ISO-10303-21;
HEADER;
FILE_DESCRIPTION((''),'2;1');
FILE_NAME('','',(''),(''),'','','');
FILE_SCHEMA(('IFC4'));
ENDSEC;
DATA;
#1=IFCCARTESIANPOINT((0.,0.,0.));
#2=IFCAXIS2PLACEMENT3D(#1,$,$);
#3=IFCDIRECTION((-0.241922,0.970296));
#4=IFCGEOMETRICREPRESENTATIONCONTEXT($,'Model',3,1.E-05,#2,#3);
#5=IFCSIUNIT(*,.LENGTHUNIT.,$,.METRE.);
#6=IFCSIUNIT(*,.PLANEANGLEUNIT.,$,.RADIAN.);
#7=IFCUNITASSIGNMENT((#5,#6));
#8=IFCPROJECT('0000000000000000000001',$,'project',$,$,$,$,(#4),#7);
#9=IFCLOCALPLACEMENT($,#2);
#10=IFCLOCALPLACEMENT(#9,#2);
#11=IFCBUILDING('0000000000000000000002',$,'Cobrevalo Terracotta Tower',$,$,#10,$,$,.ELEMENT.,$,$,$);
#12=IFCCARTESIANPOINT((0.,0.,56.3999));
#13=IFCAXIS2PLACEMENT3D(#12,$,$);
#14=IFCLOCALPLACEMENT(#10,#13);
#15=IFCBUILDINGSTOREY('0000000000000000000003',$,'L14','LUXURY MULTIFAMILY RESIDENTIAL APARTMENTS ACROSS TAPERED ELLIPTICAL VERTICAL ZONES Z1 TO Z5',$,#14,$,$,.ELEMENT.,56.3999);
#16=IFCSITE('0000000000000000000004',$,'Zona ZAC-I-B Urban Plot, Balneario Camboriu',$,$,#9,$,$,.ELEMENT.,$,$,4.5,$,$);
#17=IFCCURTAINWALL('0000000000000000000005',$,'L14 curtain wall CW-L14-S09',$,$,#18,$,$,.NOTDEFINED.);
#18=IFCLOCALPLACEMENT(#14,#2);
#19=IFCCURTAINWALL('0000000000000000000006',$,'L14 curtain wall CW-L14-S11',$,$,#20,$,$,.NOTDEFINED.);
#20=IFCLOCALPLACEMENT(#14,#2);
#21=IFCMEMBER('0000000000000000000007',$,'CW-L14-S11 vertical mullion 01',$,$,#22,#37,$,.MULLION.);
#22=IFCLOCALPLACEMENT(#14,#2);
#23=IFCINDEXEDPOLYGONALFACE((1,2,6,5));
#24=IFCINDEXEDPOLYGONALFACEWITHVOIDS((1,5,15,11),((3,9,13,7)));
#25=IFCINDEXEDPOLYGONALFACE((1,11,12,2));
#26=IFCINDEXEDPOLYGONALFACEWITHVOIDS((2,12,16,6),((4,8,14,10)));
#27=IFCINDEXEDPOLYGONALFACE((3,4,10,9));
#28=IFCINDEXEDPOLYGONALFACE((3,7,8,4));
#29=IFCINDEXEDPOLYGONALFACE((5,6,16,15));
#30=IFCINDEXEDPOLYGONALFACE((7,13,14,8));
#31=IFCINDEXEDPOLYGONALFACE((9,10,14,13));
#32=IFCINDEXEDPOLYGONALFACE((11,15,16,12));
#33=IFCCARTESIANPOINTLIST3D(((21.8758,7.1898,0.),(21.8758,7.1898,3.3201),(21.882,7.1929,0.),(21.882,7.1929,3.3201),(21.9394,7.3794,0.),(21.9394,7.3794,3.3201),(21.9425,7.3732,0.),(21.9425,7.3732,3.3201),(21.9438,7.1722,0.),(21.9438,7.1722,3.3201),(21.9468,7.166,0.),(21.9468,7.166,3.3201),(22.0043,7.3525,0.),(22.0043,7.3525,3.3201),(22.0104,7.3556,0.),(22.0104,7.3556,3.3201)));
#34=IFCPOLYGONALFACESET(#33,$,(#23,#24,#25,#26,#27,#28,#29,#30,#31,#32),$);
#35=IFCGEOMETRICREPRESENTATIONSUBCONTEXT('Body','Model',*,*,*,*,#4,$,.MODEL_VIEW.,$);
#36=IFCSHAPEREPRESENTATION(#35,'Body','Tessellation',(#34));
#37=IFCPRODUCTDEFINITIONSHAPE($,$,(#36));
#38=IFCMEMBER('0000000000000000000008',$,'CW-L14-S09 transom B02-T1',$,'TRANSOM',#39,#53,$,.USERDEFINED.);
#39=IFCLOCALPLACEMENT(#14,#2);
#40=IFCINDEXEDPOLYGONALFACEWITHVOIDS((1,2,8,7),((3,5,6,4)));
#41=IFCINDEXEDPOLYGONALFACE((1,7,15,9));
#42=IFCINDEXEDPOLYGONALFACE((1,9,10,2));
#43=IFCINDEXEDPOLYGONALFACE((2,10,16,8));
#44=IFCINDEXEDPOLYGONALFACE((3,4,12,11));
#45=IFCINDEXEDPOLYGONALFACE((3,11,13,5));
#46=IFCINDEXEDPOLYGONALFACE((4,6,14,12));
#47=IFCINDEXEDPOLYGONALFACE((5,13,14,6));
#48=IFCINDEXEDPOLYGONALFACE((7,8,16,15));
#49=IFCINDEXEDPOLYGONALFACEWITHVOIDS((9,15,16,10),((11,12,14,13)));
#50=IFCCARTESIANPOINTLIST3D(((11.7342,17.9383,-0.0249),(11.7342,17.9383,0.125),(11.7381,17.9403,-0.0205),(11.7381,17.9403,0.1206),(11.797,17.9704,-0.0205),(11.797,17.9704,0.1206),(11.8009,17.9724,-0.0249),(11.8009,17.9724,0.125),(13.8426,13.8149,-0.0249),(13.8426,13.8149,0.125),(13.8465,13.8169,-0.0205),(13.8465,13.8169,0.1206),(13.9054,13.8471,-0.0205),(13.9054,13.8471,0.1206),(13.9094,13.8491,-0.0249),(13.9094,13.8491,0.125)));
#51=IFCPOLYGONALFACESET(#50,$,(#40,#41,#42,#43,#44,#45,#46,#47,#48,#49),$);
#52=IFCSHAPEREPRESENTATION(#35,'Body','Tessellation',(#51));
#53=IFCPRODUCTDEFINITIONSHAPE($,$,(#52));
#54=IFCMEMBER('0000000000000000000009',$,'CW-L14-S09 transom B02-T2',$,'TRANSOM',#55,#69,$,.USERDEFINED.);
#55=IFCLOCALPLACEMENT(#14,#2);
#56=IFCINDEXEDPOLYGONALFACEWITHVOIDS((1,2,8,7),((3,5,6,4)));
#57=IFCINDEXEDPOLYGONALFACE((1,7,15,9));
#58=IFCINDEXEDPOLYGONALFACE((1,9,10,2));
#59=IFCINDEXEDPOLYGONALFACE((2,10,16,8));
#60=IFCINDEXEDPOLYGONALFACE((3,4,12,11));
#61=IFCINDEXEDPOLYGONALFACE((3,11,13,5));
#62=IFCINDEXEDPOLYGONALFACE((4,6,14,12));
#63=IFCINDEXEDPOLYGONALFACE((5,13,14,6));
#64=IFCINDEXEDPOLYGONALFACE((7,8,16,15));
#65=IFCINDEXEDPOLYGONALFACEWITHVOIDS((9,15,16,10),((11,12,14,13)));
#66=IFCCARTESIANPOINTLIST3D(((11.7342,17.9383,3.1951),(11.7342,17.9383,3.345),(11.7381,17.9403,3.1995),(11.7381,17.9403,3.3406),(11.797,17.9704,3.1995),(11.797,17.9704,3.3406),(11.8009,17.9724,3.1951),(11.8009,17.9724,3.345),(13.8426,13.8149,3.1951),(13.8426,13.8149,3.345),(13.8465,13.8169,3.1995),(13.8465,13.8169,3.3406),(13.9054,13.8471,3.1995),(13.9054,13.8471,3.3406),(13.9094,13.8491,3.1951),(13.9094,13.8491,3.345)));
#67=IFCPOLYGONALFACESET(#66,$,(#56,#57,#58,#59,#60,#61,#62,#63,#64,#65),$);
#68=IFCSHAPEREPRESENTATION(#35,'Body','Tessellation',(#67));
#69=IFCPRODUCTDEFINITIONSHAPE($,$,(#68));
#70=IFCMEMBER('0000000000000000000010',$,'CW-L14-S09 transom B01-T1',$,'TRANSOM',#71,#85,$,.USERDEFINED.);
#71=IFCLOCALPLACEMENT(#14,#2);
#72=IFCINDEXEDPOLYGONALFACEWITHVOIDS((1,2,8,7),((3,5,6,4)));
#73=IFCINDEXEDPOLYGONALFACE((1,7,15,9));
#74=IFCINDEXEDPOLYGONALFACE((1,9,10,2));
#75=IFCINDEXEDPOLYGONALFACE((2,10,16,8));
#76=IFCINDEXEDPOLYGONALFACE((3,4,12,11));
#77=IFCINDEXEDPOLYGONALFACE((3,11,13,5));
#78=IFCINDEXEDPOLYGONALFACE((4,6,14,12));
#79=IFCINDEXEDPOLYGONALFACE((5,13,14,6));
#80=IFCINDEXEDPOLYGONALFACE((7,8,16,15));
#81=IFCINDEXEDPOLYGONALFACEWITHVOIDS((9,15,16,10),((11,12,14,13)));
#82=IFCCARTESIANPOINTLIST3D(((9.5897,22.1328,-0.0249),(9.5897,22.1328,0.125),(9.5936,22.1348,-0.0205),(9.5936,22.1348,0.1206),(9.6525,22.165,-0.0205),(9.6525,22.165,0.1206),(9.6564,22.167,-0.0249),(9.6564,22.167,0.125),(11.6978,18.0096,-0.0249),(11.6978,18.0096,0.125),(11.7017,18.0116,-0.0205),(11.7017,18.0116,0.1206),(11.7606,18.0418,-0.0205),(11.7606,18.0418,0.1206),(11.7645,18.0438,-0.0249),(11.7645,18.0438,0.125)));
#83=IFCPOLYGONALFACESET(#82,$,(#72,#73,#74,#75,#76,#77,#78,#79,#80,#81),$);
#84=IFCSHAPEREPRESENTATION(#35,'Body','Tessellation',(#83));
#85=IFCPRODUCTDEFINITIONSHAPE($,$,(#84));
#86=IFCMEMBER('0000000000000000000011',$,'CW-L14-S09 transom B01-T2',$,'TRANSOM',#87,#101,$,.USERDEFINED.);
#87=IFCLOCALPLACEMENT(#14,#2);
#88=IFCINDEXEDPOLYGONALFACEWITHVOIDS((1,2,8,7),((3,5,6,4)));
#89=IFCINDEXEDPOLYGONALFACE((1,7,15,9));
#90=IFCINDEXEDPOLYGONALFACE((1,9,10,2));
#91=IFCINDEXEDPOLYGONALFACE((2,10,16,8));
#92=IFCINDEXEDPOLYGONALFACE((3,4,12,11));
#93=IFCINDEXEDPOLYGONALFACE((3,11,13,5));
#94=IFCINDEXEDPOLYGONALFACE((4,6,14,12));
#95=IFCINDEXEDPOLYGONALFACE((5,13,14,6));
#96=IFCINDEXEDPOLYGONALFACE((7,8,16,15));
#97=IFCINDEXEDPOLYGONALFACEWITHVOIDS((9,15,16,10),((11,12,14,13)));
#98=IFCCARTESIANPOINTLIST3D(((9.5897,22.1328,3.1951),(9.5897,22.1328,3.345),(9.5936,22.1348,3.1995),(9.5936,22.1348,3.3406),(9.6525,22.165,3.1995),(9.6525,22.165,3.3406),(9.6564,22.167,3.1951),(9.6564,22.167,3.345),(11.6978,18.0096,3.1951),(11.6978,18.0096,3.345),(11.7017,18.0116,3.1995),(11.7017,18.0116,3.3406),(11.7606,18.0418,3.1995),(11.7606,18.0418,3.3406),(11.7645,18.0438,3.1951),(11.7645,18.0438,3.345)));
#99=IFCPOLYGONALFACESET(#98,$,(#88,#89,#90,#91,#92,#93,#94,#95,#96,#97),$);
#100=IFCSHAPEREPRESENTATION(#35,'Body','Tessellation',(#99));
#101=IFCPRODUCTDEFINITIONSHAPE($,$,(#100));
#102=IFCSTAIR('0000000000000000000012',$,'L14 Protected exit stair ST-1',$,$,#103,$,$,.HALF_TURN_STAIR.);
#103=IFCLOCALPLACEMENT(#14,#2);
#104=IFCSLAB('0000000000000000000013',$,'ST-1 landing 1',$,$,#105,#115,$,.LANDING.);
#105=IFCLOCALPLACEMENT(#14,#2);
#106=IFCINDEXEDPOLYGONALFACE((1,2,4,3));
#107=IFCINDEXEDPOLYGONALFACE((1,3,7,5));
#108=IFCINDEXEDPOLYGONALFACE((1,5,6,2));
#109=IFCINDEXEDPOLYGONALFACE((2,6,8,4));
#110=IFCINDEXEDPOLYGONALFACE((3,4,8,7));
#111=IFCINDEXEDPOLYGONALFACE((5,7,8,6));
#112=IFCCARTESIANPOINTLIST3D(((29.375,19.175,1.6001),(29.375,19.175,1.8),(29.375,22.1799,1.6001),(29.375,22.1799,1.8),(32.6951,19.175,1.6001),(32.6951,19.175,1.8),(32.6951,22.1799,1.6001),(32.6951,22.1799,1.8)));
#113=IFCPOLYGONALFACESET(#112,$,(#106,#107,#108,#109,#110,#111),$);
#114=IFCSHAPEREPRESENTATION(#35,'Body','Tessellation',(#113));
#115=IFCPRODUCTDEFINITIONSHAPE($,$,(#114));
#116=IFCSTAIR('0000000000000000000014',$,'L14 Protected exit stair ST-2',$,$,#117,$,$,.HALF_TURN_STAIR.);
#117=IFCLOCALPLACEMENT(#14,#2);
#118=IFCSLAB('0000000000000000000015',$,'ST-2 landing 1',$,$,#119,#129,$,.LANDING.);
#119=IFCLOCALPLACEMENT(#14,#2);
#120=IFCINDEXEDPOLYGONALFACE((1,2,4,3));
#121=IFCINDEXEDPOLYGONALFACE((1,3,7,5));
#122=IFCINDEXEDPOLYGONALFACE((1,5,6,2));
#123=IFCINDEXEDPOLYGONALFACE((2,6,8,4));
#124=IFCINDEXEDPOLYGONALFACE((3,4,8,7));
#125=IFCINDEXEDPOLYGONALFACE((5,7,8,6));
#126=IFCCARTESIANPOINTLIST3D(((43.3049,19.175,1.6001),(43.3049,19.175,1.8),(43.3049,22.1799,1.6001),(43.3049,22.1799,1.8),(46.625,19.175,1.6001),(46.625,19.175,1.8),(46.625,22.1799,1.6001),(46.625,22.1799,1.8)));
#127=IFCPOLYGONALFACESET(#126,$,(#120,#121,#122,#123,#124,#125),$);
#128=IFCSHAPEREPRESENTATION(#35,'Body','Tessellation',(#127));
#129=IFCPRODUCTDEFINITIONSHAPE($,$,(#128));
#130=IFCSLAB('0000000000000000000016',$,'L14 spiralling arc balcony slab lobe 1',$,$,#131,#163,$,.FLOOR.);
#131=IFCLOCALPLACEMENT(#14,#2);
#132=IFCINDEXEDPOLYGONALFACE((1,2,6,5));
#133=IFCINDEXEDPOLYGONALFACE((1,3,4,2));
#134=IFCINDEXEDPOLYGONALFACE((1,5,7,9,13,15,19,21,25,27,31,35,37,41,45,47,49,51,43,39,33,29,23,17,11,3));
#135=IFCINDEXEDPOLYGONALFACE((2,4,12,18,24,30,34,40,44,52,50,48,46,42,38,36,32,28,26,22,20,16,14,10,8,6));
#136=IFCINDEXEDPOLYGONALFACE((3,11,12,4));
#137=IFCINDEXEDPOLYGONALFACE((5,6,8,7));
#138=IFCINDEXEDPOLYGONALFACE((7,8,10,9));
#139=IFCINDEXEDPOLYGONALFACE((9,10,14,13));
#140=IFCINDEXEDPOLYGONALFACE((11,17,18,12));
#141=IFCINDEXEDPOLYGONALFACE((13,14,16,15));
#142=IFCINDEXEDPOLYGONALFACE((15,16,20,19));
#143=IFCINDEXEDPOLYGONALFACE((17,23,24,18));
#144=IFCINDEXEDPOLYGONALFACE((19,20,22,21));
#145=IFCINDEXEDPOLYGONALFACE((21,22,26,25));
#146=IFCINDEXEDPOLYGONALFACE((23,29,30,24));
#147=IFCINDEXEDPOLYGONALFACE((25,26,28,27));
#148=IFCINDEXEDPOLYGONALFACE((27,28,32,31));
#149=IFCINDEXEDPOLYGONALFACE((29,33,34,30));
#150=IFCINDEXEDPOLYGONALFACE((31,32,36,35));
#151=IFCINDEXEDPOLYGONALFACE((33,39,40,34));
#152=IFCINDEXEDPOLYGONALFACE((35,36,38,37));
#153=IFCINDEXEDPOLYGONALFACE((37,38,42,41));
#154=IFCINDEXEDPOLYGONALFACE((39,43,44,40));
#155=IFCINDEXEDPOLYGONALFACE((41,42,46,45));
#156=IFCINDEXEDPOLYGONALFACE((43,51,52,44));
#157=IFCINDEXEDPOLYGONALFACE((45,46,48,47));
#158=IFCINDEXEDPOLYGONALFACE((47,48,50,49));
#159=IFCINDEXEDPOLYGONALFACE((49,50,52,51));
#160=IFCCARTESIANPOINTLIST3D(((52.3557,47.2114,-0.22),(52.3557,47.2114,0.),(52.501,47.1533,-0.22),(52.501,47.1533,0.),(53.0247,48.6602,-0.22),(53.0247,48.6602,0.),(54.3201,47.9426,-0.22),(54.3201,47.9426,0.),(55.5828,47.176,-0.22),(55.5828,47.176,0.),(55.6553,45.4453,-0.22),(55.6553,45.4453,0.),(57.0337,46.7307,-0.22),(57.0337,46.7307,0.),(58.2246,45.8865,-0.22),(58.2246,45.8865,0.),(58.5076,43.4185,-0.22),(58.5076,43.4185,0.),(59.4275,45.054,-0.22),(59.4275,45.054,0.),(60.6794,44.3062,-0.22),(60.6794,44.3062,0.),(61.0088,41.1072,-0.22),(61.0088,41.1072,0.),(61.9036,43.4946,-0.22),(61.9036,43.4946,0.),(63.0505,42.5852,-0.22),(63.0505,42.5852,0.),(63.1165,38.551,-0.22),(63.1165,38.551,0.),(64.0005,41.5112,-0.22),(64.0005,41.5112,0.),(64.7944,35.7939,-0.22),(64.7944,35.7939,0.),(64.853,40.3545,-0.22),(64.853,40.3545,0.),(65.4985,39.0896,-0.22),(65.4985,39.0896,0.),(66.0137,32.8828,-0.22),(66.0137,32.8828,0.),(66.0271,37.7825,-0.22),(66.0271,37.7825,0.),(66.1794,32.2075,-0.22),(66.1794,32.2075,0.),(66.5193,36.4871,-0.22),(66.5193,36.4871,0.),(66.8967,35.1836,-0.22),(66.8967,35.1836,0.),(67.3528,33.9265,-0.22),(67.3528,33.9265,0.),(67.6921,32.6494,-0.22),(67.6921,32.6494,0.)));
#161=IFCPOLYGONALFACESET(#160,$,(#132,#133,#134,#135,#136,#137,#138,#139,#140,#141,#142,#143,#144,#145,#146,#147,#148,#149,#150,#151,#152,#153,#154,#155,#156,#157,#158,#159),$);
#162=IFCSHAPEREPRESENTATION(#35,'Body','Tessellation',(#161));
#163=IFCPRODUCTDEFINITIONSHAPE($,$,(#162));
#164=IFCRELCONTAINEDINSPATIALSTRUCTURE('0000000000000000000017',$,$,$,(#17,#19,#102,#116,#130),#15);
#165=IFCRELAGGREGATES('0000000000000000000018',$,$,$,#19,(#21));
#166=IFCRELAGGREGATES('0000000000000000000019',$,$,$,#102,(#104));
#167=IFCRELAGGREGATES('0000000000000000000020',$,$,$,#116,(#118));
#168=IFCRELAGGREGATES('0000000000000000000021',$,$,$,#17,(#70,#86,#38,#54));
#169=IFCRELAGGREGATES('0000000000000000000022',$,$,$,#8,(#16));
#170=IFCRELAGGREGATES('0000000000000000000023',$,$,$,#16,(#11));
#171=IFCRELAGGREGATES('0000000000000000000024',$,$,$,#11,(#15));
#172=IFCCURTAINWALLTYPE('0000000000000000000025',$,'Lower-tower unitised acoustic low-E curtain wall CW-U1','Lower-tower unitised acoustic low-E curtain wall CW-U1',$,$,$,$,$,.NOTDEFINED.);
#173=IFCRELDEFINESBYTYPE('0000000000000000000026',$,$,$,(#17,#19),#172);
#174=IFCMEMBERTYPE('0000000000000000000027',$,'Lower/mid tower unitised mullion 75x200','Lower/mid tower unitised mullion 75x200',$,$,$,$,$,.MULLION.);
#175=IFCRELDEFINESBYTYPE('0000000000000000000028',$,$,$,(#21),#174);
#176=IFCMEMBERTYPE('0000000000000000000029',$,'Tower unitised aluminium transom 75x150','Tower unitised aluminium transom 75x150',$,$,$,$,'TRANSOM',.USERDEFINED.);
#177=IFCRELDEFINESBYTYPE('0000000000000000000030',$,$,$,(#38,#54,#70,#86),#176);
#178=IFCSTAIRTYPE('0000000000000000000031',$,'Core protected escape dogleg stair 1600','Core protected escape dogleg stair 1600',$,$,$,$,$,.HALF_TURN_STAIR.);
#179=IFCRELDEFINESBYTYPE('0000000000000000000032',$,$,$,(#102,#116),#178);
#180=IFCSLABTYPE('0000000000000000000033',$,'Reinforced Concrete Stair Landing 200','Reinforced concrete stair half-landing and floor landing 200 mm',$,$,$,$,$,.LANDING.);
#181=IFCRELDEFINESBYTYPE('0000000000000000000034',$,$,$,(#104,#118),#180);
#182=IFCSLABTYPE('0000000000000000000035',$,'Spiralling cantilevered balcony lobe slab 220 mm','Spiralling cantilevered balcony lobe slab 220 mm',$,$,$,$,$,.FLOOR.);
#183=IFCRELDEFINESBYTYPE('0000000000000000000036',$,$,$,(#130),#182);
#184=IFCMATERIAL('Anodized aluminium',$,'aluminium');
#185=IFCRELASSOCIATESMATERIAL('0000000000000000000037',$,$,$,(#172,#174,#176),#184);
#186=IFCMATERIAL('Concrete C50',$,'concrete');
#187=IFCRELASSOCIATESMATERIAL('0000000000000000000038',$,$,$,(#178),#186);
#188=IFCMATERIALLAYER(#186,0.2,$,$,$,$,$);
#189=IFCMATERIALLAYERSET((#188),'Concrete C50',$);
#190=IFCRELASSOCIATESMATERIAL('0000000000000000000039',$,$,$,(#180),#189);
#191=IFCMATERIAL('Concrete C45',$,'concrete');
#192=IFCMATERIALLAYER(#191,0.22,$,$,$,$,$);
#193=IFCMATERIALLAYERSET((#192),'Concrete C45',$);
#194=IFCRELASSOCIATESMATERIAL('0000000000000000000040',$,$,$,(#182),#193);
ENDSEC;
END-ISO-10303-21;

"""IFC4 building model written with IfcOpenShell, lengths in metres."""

from ifc_helpers import new_model, si_unit, direction, frame, origin, origin_2d, place, context, subcontext, project, spatial, polyline, hollow_rectangle, outline, extrude, source, transform, mapped, material, layer, layer_set, material_profile, profile_set, type_object, element, aggregate, save


model = new_model("IFC4")

# Units and contexts
model_context = context("Model", 3, precision=1e-05, world=origin(), true_north=direction((-0.241922, 0.970296)))
body_context = subcontext(model_context, "Body", "Model", "MODEL_VIEW")
ifc_project = project(units=[si_unit("LENGTHUNIT", "METRE"), si_unit("PLANEANGLEUNIT", "RADIAN")], contexts=[model_context])

# Site, building, storey
site_placement = place(None, origin())
site = spatial("IfcSite", under=ifc_project, at=site_placement, Name="Zona ZAC-I-B Urban Plot, Balneario Camboriu", CompositionType="ELEMENT", RefElevation=4.5)
building_placement = place(site_placement, origin())
building = spatial("IfcBuilding", under=site, at=building_placement, Name="Cobrevalo Terracotta Tower", CompositionType="ELEMENT")
storey_placement = place(building_placement, frame((0.0, 0.0, 56.3999)))
storey = spatial("IfcBuildingStorey", under=building, at=storey_placement, Name="L14", Description="LUXURY MULTIFAMILY RESIDENTIAL APARTMENTS ACROSS TAPERED ELLIPTICAL VERTICAL ZONES Z1 TO Z5", CompositionType="ELEMENT", Elevation=56.3999)

# Curtain wall
ifc_material_1 = material(Name="Anodized aluminium", Category="aluminium")
curtain_wall_type = type_object("IfcCurtainWallType", Name="Lower-tower unitised acoustic low-E curtain wall CW-U1", Description="Lower-tower unitised acoustic low-E curtain wall CW-U1", PredefinedType="NOTDEFINED", material=ifc_material_1)
curtain_wall_1_placement = place(storey_placement, origin())
curtain_wall_1 = element("IfcCurtainWall", 1, at=curtain_wall_1_placement, inside=storey, type_object=curtain_wall_type, Name="L14 curtain wall CW-L14-S09", PredefinedType="NOTDEFINED")
ifc_material_profile_1 = material_profile(ifc_material_1, hollow_rectangle(XDim=0.075, YDim=0.2, WallThickness=0.0049, at=origin_2d()), Name="CWM 75x200")
ifc_profile_set_1 = profile_set([ifc_material_profile_1], Name="Anodized aluminium")
member_type_1 = type_object("IfcMemberType", Name="Lower/mid tower unitised mullion 75x200", Description="Lower/mid tower unitised mullion 75x200", PredefinedType="MULLION", material=ifc_profile_set_1)
shared_shape_1 = source(origin(), body_context, "Body", "SweptSolid", [
    extrude(hollow_rectangle(XDim=0.075, YDim=0.2, WallThickness=0.0049, at=origin_2d()), origin(), (0.0, 0.0, 1.0), 3.3201),
])

# Curtain wall, member
curtain_wall_2_placement = place(storey_placement, origin())
curtain_wall_2 = element("IfcCurtainWall", 2, at=curtain_wall_2_placement, inside=storey, type_object=curtain_wall_type, Name="L14 curtain wall CW-L14-S11", PredefinedType="NOTDEFINED")
member_1_placement = place(storey_placement, frame((21.9431, 7.2727, 0.0), z_axis=(0.0, 0.0, 1.0), x_axis=(0.948046, -0.318132, 0.0)))
member_1 = element("IfcMember", 3, at=member_1_placement, type_object=member_type_1, Name="CW-L14-S11 vertical mullion 01", PredefinedType="MULLION", context=body_context, shape_type="MappedRepresentation", body=[
    mapped(shared_shape_1, transform((0.0, 0.0, 0.0), scale=1.0)),
])
aggregate(curtain_wall_2, [member_1])

# Members
ifc_material_profile_2 = material_profile(ifc_material_1, hollow_rectangle(XDim=0.075, YDim=0.1499, WallThickness=0.0044, at=origin_2d()), Name="CWT 75x150")
ifc_profile_set_2 = profile_set([ifc_material_profile_2], Name="Anodized aluminium")
member_type_2 = type_object("IfcMemberType", Name="Tower unitised aluminium transom 75x150", Description="Tower unitised aluminium transom 75x150", ElementType="TRANSOM", PredefinedType="USERDEFINED", material=ifc_profile_set_2)
shared_shape_2 = source(origin(), body_context, "Body", "SweptSolid", [
    extrude(hollow_rectangle(XDim=0.075, YDim=0.1499, WallThickness=0.0044, at=origin_2d()), origin(), (0.0, 0.0, 1.0), 4.6311),
])
member_2_placement = place(storey_placement, frame((11.7676, 17.9553, 0.05), z_axis=(0.455272, -0.890353, 0.0), x_axis=(0.890353, 0.455272, 0.0)))
member_2 = element("IfcMember", 4, at=member_2_placement, type_object=member_type_2, Name="CW-L14-S09 transom B02-T1", ObjectType="TRANSOM", PredefinedType="USERDEFINED", context=body_context, shape_type="MappedRepresentation", body=[
    mapped(shared_shape_2, transform((0.0, 0.0, 0.0), scale=1.0)),
])
member_3_placement = place(storey_placement, frame((11.7676, 17.9553, 3.27), z_axis=(0.455272, -0.890353, 0.0), x_axis=(0.890353, 0.455272, 0.0)))
member_3 = element("IfcMember", 5, at=member_3_placement, type_object=member_type_2, Name="CW-L14-S09 transom B02-T2", ObjectType="TRANSOM", PredefinedType="USERDEFINED", context=body_context, shape_type="MappedRepresentation", body=[
    mapped(shared_shape_2, transform((0.0, 0.0, 0.0), scale=1.0)),
])
shared_shape_3 = source(origin(), body_context, "Body", "SweptSolid", [
    extrude(hollow_rectangle(XDim=0.075, YDim=0.1499, WallThickness=0.0044, at=origin_2d()), origin(), (0.0, 0.0, 1.0), 4.6309),
])
member_4_placement = place(storey_placement, frame((9.623, 22.1499, 0.05), z_axis=(0.45523, -0.890374, 0.0), x_axis=(0.890374, 0.45523, 0.0)))
member_4 = element("IfcMember", 6, at=member_4_placement, type_object=member_type_2, Name="CW-L14-S09 transom B01-T1", ObjectType="TRANSOM", PredefinedType="USERDEFINED", context=body_context, shape_type="MappedRepresentation", body=[
    mapped(shared_shape_3, transform((0.0, 0.0, 0.0), scale=1.0)),
])
member_5_placement = place(storey_placement, frame((9.623, 22.1499, 3.27), z_axis=(0.45523, -0.890374, 0.0), x_axis=(0.890374, 0.45523, 0.0)))
member_5 = element("IfcMember", 7, at=member_5_placement, type_object=member_type_2, Name="CW-L14-S09 transom B01-T2", ObjectType="TRANSOM", PredefinedType="USERDEFINED", context=body_context, shape_type="MappedRepresentation", body=[
    mapped(shared_shape_3, transform((0.0, 0.0, 0.0), scale=1.0)),
])

# Stairs, slabs
ifc_material_2 = material(Name="Concrete C50", Category="concrete")
stair_type = type_object("IfcStairType", Name="Core protected escape dogleg stair 1600", Description="Core protected escape dogleg stair 1600", PredefinedType="HALF_TURN_STAIR", material=ifc_material_2)
stair_1_placement = place(storey_placement, origin())
stair_1 = element("IfcStair", 8, at=stair_1_placement, inside=storey, type_object=stair_type, Name="L14 Protected exit stair ST-1", PredefinedType="HALF_TURN_STAIR")
ifc_layer_1 = layer(ifc_material_2, 0.2)
ifc_layer_set_1 = layer_set([ifc_layer_1], Name="Concrete C50")
slab_type_1 = type_object("IfcSlabType", Name="Reinforced Concrete Stair Landing 200", Description="Reinforced concrete stair half-landing and floor landing 200 mm", PredefinedType="LANDING", material=ifc_layer_set_1)
slab_1_placement = place(storey_placement, frame((0.0, 0.0, 1.6001)))
slab_1 = element("IfcSlab", 9, at=slab_1_placement, type_object=slab_type_1, Name="ST-1 landing 1", PredefinedType="LANDING", context=body_context, shape_type="SweptSolid", body=[
    extrude(outline(polyline([(29.375, 22.1799), (29.375, 19.175), (32.6951, 19.175), (32.6951, 22.1799), (29.375, 22.1799)])), origin(), (0.0, 0.0, 1.0), 0.2),
])
aggregate(stair_1, [slab_1])
stair_2_placement = place(storey_placement, origin())
stair_2 = element("IfcStair", 10, at=stair_2_placement, inside=storey, type_object=stair_type, Name="L14 Protected exit stair ST-2", PredefinedType="HALF_TURN_STAIR")
slab_2_placement = place(storey_placement, frame((0.0, 0.0, 1.6001)))
slab_2 = element("IfcSlab", 11, at=slab_2_placement, type_object=slab_type_1, Name="ST-2 landing 1", PredefinedType="LANDING", context=body_context, shape_type="SweptSolid", body=[
    extrude(outline(polyline([(43.3049, 22.1799), (43.3049, 19.175), (46.625, 19.175), (46.625, 22.1799), (43.3049, 22.1799)])), origin(), (0.0, 0.0, 1.0), 0.2),
])
aggregate(stair_2, [slab_2])

# Slab
ifc_material_3 = material(Name="Concrete C45", Category="concrete")
ifc_layer_2 = layer(ifc_material_3, 0.22)
ifc_layer_set_2 = layer_set([ifc_layer_2], Name="Concrete C45")
slab_type_2 = type_object("IfcSlabType", Name="Spiralling cantilevered balcony lobe slab 220 mm", Description="Spiralling cantilevered balcony lobe slab 220 mm", PredefinedType="FLOOR", material=ifc_layer_set_2)
slab_3_placement = place(storey_placement, frame((0.0, 0.0, -0.22)))
element("IfcSlab", 12, at=slab_3_placement, inside=storey, type_object=slab_type_2, Name="L14 spiralling arc balcony slab lobe 1", PredefinedType="FLOOR", context=body_context, shape_type="SweptSolid", body=[
    extrude(outline(polyline([(67.6921, 32.6494), (67.3528, 33.9265), (66.8967, 35.1836), (66.5193, 36.4871), (66.0271, 37.7825), (65.4985, 39.0896), (64.853, 40.3545), (64.0005, 41.5112), (63.0505, 42.5852), (61.9036, 43.4946), (60.6794, 44.3062), (59.4275, 45.054), (58.2246, 45.8865), (57.0337, 46.7307), (55.5828, 47.176), (54.3201, 47.9426), (53.0247, 48.6602), (52.3557, 47.2114), (52.501, 47.1533), (55.6553, 45.4453), (58.5076, 43.4185), (61.0088, 41.1072), (63.1165, 38.551), (64.7944, 35.7939), (66.0137, 32.8828), (66.1794, 32.2075), (67.6921, 32.6494)])), origin(), (0.0, 0.0, 1.0), 0.22),
])

aggregate(curtain_wall_1, [member_4, member_5, member_2, member_3])

save(model, "model.ifc")
